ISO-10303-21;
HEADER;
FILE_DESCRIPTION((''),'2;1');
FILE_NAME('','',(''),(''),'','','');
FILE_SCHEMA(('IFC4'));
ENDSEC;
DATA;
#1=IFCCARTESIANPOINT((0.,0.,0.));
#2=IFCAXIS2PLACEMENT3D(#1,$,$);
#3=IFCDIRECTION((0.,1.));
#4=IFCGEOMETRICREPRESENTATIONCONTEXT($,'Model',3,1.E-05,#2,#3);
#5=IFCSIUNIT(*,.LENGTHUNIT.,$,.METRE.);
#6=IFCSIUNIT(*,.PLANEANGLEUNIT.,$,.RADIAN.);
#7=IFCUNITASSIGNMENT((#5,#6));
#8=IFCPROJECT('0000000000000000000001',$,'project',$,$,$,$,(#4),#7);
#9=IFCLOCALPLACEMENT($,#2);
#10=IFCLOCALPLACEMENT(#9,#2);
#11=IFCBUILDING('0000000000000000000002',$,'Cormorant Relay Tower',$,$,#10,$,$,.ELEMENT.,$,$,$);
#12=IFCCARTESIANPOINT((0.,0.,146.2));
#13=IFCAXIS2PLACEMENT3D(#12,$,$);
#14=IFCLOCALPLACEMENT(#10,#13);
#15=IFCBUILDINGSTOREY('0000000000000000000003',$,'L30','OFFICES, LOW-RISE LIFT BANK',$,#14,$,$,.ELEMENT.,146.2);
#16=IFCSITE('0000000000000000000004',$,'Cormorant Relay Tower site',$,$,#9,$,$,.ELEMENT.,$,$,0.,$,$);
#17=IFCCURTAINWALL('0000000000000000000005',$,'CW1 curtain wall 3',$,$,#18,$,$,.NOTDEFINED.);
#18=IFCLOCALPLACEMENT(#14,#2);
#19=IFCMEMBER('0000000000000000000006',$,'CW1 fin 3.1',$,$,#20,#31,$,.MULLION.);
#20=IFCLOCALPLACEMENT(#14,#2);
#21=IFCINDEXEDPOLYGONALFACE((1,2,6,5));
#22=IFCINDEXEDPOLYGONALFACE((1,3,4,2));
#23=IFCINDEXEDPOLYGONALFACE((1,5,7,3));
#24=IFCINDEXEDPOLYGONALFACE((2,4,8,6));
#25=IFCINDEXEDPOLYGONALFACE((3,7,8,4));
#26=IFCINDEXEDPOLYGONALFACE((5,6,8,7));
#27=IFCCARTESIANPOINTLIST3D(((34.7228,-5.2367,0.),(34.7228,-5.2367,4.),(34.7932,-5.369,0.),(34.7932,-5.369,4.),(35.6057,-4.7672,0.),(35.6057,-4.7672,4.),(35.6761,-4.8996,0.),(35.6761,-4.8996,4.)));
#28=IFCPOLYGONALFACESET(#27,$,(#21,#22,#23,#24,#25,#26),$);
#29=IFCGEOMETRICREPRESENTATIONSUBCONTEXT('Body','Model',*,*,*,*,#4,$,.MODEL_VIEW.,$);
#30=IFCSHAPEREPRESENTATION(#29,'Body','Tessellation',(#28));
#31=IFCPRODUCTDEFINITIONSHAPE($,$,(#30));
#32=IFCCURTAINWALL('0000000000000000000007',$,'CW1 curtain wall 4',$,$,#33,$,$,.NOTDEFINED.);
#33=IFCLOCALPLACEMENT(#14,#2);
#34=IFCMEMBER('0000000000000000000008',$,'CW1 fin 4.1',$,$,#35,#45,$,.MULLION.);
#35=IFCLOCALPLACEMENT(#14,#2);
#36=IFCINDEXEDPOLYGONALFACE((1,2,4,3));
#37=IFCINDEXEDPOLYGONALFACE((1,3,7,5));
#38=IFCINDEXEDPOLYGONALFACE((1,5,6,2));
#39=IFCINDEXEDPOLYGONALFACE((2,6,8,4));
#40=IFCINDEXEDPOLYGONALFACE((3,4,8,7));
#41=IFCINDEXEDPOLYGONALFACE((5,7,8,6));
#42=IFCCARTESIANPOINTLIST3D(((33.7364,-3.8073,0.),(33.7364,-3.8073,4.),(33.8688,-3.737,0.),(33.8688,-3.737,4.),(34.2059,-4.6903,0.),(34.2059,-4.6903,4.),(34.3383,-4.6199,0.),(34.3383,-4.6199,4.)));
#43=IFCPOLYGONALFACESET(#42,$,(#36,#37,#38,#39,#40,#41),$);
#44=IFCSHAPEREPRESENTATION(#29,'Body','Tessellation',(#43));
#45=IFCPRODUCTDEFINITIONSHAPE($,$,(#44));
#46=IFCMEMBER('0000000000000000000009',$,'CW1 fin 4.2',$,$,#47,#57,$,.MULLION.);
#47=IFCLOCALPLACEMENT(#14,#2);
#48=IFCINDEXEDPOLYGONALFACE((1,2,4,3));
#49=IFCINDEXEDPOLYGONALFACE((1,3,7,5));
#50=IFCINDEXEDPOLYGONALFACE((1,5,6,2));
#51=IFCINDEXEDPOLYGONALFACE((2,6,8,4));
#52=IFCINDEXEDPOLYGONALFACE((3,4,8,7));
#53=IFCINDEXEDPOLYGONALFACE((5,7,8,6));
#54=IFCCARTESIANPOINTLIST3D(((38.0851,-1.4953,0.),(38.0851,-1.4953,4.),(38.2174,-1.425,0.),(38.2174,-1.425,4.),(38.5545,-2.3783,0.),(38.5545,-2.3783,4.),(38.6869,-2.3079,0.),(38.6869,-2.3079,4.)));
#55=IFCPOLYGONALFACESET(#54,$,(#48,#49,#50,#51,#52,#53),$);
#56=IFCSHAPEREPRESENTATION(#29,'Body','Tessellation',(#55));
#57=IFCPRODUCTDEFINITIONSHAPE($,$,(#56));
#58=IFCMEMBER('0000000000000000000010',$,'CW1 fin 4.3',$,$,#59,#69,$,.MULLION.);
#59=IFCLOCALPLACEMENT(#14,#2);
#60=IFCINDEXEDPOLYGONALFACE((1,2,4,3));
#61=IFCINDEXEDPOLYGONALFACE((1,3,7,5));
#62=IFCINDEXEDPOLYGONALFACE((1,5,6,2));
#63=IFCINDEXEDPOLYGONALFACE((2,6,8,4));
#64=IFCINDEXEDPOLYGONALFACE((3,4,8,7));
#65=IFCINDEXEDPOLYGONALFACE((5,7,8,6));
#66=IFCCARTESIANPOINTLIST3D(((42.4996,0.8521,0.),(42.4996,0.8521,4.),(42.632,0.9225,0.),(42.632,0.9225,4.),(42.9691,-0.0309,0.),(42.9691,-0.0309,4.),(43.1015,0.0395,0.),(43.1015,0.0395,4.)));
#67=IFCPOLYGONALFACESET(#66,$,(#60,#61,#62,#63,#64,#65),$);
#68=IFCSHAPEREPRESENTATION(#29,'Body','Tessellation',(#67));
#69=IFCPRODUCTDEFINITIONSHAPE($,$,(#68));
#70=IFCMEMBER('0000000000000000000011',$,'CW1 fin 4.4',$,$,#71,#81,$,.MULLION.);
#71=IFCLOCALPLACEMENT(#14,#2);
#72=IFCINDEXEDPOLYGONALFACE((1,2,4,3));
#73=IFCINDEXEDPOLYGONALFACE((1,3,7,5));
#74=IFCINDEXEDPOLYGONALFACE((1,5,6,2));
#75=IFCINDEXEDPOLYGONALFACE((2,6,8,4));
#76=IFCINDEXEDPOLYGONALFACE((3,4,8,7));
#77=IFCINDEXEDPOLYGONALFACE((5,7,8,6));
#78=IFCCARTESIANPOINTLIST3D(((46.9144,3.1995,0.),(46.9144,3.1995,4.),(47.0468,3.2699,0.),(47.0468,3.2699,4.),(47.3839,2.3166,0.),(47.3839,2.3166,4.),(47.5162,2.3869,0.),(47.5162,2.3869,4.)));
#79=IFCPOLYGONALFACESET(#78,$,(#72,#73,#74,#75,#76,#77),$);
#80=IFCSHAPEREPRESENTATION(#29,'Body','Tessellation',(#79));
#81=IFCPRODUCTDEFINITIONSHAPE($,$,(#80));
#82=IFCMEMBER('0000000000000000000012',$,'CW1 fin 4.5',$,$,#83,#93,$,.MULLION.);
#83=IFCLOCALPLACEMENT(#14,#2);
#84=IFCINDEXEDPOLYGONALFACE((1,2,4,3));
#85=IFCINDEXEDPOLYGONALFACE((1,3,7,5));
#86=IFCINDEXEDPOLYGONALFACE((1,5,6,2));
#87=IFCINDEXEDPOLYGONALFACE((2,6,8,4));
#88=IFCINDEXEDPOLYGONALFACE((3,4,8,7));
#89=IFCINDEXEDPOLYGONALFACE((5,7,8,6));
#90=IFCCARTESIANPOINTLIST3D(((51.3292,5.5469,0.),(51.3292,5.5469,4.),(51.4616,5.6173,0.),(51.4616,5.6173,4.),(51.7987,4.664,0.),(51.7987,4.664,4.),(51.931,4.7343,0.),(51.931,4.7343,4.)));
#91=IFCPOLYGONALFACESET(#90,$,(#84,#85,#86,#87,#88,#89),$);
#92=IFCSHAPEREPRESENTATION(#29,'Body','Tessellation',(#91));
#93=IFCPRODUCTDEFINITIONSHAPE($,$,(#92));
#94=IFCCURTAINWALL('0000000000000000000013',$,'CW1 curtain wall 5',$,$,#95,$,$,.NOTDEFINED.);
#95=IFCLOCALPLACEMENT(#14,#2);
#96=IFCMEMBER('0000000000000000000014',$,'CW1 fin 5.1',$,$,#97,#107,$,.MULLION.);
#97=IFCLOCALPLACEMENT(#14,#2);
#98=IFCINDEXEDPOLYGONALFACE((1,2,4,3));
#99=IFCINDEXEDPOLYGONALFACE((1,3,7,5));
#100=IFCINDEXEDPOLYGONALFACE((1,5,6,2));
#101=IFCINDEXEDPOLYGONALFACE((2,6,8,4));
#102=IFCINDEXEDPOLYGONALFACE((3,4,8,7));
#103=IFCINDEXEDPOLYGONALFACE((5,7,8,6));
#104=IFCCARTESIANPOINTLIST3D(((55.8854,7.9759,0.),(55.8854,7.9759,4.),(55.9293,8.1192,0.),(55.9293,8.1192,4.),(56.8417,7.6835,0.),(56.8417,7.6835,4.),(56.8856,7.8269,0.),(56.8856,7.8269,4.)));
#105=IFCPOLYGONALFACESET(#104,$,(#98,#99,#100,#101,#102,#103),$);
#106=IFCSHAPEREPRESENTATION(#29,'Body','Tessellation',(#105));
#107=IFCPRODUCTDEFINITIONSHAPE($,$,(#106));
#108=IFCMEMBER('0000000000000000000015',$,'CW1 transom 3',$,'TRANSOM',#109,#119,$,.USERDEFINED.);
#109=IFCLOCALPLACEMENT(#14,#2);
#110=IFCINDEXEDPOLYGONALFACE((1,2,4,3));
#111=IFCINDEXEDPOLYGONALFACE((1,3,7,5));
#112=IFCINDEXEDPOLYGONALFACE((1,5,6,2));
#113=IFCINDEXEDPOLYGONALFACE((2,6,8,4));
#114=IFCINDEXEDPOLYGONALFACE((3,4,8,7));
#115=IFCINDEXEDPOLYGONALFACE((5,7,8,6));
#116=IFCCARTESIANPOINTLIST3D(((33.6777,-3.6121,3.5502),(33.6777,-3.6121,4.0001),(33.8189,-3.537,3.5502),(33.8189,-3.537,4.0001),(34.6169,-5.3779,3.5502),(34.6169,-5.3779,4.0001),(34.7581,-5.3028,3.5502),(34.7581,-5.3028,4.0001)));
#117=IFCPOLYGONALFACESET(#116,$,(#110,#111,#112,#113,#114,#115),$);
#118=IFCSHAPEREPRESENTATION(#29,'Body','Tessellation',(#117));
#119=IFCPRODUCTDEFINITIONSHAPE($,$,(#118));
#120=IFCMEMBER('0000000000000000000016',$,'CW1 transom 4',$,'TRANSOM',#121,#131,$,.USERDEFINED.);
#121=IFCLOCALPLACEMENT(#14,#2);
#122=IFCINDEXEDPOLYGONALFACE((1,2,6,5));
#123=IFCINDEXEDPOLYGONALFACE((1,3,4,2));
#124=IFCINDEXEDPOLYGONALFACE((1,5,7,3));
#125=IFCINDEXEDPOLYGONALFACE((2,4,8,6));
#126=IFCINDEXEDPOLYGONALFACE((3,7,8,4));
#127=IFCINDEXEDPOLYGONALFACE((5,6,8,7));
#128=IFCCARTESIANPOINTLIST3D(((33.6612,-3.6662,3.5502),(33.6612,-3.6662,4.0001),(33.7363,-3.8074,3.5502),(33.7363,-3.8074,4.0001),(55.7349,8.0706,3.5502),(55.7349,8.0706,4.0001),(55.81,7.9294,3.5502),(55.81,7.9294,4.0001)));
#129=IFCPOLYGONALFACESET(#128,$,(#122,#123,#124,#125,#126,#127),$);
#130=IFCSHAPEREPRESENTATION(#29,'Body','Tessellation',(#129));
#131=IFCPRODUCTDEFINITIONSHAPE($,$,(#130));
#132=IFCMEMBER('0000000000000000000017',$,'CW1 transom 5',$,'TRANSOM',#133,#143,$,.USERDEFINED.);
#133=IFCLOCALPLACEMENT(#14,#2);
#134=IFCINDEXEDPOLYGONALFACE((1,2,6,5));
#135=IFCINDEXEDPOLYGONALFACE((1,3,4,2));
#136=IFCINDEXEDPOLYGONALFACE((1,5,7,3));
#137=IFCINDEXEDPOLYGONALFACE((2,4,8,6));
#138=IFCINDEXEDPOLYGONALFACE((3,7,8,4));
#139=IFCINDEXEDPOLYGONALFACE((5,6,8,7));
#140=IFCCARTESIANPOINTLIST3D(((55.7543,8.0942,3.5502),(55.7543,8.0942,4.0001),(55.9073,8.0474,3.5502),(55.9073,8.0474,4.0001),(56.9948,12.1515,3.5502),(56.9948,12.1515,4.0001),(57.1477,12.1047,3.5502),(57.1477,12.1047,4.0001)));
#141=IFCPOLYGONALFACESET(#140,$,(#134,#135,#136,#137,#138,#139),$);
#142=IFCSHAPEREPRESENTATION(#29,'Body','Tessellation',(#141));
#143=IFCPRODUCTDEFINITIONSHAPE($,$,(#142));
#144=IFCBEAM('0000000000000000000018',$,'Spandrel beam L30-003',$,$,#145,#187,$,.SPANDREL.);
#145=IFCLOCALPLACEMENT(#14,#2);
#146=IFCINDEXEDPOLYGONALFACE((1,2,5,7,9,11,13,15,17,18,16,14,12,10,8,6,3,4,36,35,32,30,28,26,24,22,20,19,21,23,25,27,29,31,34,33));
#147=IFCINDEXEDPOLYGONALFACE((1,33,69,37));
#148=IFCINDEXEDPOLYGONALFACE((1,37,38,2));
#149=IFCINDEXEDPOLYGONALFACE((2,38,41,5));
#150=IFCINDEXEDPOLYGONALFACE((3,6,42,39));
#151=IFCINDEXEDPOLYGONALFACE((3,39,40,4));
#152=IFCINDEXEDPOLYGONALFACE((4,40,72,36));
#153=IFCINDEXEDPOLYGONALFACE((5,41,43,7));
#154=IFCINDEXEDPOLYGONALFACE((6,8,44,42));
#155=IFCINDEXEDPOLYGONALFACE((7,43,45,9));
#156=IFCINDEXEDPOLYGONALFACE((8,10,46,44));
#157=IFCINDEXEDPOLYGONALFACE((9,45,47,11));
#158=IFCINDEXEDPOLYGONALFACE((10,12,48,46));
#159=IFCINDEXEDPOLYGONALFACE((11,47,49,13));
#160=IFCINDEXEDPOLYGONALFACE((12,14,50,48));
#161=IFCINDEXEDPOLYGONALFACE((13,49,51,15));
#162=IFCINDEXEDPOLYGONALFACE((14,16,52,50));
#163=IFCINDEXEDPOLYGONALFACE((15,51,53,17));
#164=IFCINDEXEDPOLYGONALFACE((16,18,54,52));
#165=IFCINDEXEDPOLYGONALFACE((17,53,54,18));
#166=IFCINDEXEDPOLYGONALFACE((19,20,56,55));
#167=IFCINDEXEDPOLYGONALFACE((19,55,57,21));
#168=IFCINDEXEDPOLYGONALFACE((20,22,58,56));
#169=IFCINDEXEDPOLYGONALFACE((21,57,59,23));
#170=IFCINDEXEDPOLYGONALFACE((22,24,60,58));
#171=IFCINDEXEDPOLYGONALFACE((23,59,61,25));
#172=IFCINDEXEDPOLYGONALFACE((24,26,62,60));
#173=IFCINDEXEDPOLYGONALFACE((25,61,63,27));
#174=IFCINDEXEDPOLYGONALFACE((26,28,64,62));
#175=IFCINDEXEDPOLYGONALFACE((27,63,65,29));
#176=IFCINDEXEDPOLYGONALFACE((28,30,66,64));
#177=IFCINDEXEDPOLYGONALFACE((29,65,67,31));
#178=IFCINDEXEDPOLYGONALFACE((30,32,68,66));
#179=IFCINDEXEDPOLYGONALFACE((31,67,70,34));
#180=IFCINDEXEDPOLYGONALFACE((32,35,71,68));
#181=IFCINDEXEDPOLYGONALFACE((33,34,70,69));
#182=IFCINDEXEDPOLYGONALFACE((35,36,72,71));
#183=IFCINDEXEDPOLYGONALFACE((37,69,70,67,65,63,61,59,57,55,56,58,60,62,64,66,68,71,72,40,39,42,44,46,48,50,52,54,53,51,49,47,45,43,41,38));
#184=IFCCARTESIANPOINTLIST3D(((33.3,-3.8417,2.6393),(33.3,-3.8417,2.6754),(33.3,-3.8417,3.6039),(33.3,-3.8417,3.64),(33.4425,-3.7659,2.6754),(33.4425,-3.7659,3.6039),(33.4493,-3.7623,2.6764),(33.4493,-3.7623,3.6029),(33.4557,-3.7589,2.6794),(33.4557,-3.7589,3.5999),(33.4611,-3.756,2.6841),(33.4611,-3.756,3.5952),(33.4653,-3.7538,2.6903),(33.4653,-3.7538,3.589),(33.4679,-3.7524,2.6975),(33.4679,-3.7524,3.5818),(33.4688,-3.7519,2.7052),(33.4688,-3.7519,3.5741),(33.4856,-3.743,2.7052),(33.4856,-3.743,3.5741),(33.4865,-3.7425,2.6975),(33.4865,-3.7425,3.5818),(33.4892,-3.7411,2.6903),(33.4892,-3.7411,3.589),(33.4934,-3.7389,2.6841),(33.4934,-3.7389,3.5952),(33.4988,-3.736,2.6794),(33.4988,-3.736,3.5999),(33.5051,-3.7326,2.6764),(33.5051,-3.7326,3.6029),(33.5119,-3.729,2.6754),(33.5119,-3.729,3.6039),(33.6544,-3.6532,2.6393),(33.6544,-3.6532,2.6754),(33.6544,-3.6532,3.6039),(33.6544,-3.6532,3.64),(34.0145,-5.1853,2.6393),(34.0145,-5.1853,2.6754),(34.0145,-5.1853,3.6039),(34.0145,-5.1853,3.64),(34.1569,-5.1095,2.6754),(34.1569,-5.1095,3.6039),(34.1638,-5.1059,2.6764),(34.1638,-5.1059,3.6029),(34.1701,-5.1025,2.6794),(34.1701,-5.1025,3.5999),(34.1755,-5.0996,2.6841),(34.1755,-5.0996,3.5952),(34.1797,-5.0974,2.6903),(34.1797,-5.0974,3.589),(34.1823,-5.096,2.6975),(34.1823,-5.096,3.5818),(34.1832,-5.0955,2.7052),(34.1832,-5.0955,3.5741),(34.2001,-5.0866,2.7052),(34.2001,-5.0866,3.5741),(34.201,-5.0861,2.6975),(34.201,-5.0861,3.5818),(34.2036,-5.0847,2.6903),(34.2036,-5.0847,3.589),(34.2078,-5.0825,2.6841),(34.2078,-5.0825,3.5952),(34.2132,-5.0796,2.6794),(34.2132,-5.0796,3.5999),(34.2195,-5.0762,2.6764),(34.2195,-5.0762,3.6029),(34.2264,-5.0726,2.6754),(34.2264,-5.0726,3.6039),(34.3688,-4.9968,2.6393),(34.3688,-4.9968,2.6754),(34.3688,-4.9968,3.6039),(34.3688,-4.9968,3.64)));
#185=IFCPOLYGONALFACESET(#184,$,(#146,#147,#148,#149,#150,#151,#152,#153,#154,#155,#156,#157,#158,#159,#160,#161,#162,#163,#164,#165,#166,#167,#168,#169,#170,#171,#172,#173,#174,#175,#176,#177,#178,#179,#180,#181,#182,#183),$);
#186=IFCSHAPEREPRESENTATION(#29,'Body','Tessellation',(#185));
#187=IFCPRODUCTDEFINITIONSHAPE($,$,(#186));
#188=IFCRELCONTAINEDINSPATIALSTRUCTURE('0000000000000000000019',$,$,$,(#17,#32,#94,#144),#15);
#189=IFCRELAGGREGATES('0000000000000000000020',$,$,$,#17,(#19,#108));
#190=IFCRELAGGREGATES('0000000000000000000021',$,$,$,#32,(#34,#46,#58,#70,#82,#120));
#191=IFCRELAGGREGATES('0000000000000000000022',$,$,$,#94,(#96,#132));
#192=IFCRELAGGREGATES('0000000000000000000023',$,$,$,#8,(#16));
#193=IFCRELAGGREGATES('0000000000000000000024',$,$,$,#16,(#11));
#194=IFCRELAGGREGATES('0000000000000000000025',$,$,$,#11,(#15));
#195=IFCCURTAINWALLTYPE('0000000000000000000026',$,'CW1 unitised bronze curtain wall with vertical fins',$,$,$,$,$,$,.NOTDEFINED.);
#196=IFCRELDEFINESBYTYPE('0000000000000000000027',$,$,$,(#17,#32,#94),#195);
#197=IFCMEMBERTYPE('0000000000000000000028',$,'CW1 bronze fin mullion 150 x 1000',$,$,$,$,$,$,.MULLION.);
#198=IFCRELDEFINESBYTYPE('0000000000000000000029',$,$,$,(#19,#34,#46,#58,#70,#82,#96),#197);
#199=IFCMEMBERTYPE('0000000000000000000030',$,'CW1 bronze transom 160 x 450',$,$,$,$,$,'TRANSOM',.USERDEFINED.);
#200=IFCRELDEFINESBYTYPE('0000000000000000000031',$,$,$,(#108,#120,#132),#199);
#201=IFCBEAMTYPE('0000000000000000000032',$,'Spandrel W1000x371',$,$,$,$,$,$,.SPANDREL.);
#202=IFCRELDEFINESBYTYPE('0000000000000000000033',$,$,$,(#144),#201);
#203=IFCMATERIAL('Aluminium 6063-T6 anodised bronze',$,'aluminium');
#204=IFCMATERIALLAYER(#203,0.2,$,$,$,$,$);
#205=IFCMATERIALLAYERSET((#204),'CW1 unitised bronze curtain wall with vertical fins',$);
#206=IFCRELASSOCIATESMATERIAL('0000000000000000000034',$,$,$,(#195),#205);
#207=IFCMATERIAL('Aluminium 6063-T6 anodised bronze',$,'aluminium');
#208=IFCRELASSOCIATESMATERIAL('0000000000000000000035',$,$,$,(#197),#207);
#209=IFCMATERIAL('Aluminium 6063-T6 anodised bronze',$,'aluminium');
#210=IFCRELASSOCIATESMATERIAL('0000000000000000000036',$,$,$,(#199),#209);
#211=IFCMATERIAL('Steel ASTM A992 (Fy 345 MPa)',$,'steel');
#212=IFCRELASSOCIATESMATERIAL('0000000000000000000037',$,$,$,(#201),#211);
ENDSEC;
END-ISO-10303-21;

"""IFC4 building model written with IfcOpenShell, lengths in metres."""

from ifc_helpers import new_model, si_unit, direction, frame, origin, origin_2d, place, context, subcontext, project, spatial, rectangle, i_section, extrude, material, layer, layer_set, material_profile, profile_set, type_object, element, aggregate, save


model = new_model("IFC4")

# Units and contexts
model_context = context("Model", 3, precision=1e-05, world=origin(), true_north=direction((0.0, 1.0)))
body_context = subcontext(model_context, "Body", "Model", "MODEL_VIEW")
ifc_project = project(units=[si_unit("LENGTHUNIT", "METRE"), si_unit("PLANEANGLEUNIT", "RADIAN")], contexts=[model_context])

# Site, building, storey
site_placement = place(None, origin())
site = spatial("IfcSite", under=ifc_project, at=site_placement, Name="Cormorant Relay Tower site", CompositionType="ELEMENT", RefElevation=0.0)
building_placement = place(site_placement, origin())
building = spatial("IfcBuilding", under=site, at=building_placement, Name="Cormorant Relay Tower", CompositionType="ELEMENT")
storey_placement = place(building_placement, frame((0.0, 0.0, 146.2)))
storey = spatial("IfcBuildingStorey", under=building, at=storey_placement, Name="L30", Description="OFFICES, LOW-RISE LIFT BANK", CompositionType="ELEMENT", Elevation=146.2)

# Curtain wall, member
ifc_material_1 = material(Name="Aluminium 6063-T6 anodised bronze", Category="aluminium")
ifc_layer_1 = layer(ifc_material_1, 0.2)
ifc_layer_set_1 = layer_set([ifc_layer_1], Name="CW1 unitised bronze curtain wall with vertical fins")
curtain_wall_type = type_object("IfcCurtainWallType", Name="CW1 unitised bronze curtain wall with vertical fins", PredefinedType="NOTDEFINED", material=ifc_layer_set_1)
curtain_wall_1_placement = place(storey_placement, origin())
curtain_wall_1 = element("IfcCurtainWall", 1, at=curtain_wall_1_placement, inside=storey, type_object=curtain_wall_type, Name="CW1 curtain wall 3", PredefinedType="NOTDEFINED")
ifc_material_2 = material(Name="Aluminium 6063-T6 anodised bronze", Category="aluminium")
ifc_material_profile_1 = material_profile(ifc_material_2, rectangle(XDim=0.1499, YDim=1.0, at=origin_2d()), Name="AL 150x1000")
ifc_profile_set_1 = profile_set([ifc_material_profile_1], Name="Aluminium 6063-T6 anodised bronze")
member_type_1 = type_object("IfcMemberType", Name="CW1 bronze fin mullion 150 x 1000", PredefinedType="MULLION", material=ifc_profile_set_1)
member_1_placement = place(storey_placement, frame((35.1995, -5.0681, 0.0), z_axis=(0.0, 0.0, 1.0), x_axis=(-0.469472, 0.882948, 0.0)))
member_1 = element("IfcMember", 2, at=member_1_placement, type_object=member_type_1, Name="CW1 fin 3.1", PredefinedType="MULLION", context=body_context, shape_type="SweptSolid", body=[
    extrude(rectangle(XDim=0.1499, YDim=1.0, at=origin_2d()), origin(), (0.0, 0.0, 1.0), 4.0),
])

# Curtain wall, members
curtain_wall_2_placement = place(storey_placement, origin())
curtain_wall_2 = element("IfcCurtainWall", 3, at=curtain_wall_2_placement, inside=storey, type_object=curtain_wall_type, Name="CW1 curtain wall 4", PredefinedType="NOTDEFINED")
member_2_placement = place(storey_placement, frame((34.0374, -4.2136, 0.0), z_axis=(0.0, 0.0, 1.0), x_axis=(0.882948, 0.469472, 0.0)))
member_2 = element("IfcMember", 4, at=member_2_placement, type_object=member_type_1, Name="CW1 fin 4.1", PredefinedType="MULLION", context=body_context, shape_type="SweptSolid", body=[
    extrude(rectangle(XDim=0.1499, YDim=1.0, at=origin_2d()), origin(), (0.0, 0.0, 1.0), 4.0),
])
member_3_placement = place(storey_placement, frame((38.386, -1.9016, 0.0), z_axis=(0.0, 0.0, 1.0), x_axis=(0.882948, 0.469472, 0.0)))
member_3 = element("IfcMember", 5, at=member_3_placement, type_object=member_type_1, Name="CW1 fin 4.2", PredefinedType="MULLION", context=body_context, shape_type="SweptSolid", body=[
    extrude(rectangle(XDim=0.1499, YDim=1.0, at=origin_2d()), origin(), (0.0, 0.0, 1.0), 4.0),
])
member_4_placement = place(storey_placement, frame((42.8005, 0.4458, 0.0), z_axis=(0.0, 0.0, 1.0), x_axis=(0.882948, 0.469472, 0.0)))
member_4 = element("IfcMember", 6, at=member_4_placement, type_object=member_type_1, Name="CW1 fin 4.3", PredefinedType="MULLION", context=body_context, shape_type="SweptSolid", body=[
    extrude(rectangle(XDim=0.1499, YDim=1.0, at=origin_2d()), origin(), (0.0, 0.0, 1.0), 4.0),
])
member_5_placement = place(storey_placement, frame((47.2153, 2.7932, 0.0), z_axis=(0.0, 0.0, 1.0), x_axis=(0.882948, 0.469472, 0.0)))
member_5 = element("IfcMember", 7, at=member_5_placement, type_object=member_type_1, Name="CW1 fin 4.4", PredefinedType="MULLION", context=body_context, shape_type="SweptSolid", body=[
    extrude(rectangle(XDim=0.1499, YDim=1.0, at=origin_2d()), origin(), (0.0, 0.0, 1.0), 4.0),
])
member_6_placement = place(storey_placement, frame((51.6301, 5.1406, 0.0), z_axis=(0.0, 0.0, 1.0), x_axis=(0.882948, 0.469472, 0.0)))
member_6 = element("IfcMember", 8, at=member_6_placement, type_object=member_type_1, Name="CW1 fin 4.5", PredefinedType="MULLION", context=body_context, shape_type="SweptSolid", body=[
    extrude(rectangle(XDim=0.1499, YDim=1.0, at=origin_2d()), origin(), (0.0, 0.0, 1.0), 4.0),
])

# Curtain wall, member
curtain_wall_3_placement = place(storey_placement, origin())
curtain_wall_3 = element("IfcCurtainWall", 9, at=curtain_wall_3_placement, inside=storey, type_object=curtain_wall_type, Name="CW1 curtain wall 5", PredefinedType="NOTDEFINED")
member_7_placement = place(storey_placement, frame((56.3855, 7.9014, 0.0), z_axis=(0.0, 0.0, 1.0), x_axis=(0.292372, 0.956305, 0.0)))
member_7 = element("IfcMember", 10, at=member_7_placement, type_object=member_type_1, Name="CW1 fin 5.1", PredefinedType="MULLION", context=body_context, shape_type="SweptSolid", body=[
    extrude(rectangle(XDim=0.1499, YDim=1.0, at=origin_2d()), origin(), (0.0, 0.0, 1.0), 4.0),
])

# Members
ifc_material_3 = material(Name="Aluminium 6063-T6 anodised bronze", Category="aluminium")
ifc_material_profile_2 = material_profile(ifc_material_3, rectangle(XDim=0.1599, YDim=0.45, at=origin_2d()), Name="AL 160x450")
ifc_profile_set_2 = profile_set([ifc_material_profile_2], Name="Aluminium 6063-T6 anodised bronze")
member_type_2 = type_object("IfcMemberType", Name="CW1 bronze transom 160 x 450", ElementType="TRANSOM", PredefinedType="USERDEFINED", material=ifc_profile_set_2)
member_8_placement = place(storey_placement, frame((34.6875, -5.3403, 3.7751), z_axis=(-0.469581, 0.88289, 0.0), x_axis=(-0.88289, -0.469581, 0.0)))
member_8 = element("IfcMember", 11, at=member_8_placement, type_object=member_type_2, Name="CW1 transom 3", ObjectType="TRANSOM", PredefinedType="USERDEFINED", context=body_context, shape_type="SweptSolid", body=[
    extrude(rectangle(XDim=0.1599, YDim=0.45, at=origin_2d()), origin(), (0.0, 0.0, 1.0), 2.0),
])
member_9_placement = place(storey_placement, frame((33.6987, -3.7368, 3.7751), z_axis=(0.882947, 0.469472, 0.0), x_axis=(-0.469472, 0.882947, 0.0)))
member_9 = element("IfcMember", 12, at=member_9_placement, type_object=member_type_2, Name="CW1 transom 4", ObjectType="TRANSOM", PredefinedType="USERDEFINED", context=body_context, shape_type="SweptSolid", body=[
    extrude(rectangle(XDim=0.1599, YDim=0.45, at=origin_2d()), origin(), (0.0, 0.0, 1.0), 25.0),
])
member_10_placement = place(storey_placement, frame((55.8308, 8.0708, 3.7751), z_axis=(0.292375, 0.956304, 0.0), x_axis=(-0.956304, 0.292375, 0.0)))
member_10 = element("IfcMember", 13, at=member_10_placement, type_object=member_type_2, Name="CW1 transom 5", ObjectType="TRANSOM", PredefinedType="USERDEFINED", context=body_context, shape_type="SweptSolid", body=[
    extrude(rectangle(XDim=0.1599, YDim=0.45, at=origin_2d()), origin(), (0.0, 0.0, 1.0), 4.2427),
])

# Beam
ifc_material_4 = material(Name="Steel ASTM A992 (Fy 345 MPa)", Category="steel")
ifc_material_profile_3 = material_profile(ifc_material_4, i_section(OverallWidth=0.4014, OverallDepth=1.0007, WebThickness=0.019, FlangeThickness=0.0361, FilletRadius=0.0298, at=origin_2d()), Name="W1000x371")
ifc_profile_set_3 = profile_set([ifc_material_profile_3], Name="Steel ASTM A992 (Fy 345 MPa)")
beam_type = type_object("IfcBeamType", Name="Spandrel W1000x371", PredefinedType="SPANDREL", material=ifc_profile_set_3)
beam_1_placement = place(storey_placement, frame((34.1917, -5.0911, 3.1396), z_axis=(-0.469472, 0.882947, 0.0), x_axis=(-0.882947, -0.469472, 0.0)))
element("IfcBeam", 14, at=beam_1_placement, inside=storey, type_object=beam_type, Name="Spandrel beam L30-003", PredefinedType="SPANDREL", context=body_context, shape_type="SweptSolid", body=[
    extrude(i_section(OverallWidth=0.4014, OverallDepth=1.0007, WebThickness=0.019, FlangeThickness=0.0361, FilletRadius=0.0298, at=origin_2d()), origin(), (0.0, 0.0, 1.0), 1.5217),
])

aggregate(curtain_wall_1, [member_1, member_8])
aggregate(curtain_wall_2, [member_2, member_3, member_4, member_5, member_6, member_9])
aggregate(curtain_wall_3, [member_7, member_10])

save(model, "model.ifc")
